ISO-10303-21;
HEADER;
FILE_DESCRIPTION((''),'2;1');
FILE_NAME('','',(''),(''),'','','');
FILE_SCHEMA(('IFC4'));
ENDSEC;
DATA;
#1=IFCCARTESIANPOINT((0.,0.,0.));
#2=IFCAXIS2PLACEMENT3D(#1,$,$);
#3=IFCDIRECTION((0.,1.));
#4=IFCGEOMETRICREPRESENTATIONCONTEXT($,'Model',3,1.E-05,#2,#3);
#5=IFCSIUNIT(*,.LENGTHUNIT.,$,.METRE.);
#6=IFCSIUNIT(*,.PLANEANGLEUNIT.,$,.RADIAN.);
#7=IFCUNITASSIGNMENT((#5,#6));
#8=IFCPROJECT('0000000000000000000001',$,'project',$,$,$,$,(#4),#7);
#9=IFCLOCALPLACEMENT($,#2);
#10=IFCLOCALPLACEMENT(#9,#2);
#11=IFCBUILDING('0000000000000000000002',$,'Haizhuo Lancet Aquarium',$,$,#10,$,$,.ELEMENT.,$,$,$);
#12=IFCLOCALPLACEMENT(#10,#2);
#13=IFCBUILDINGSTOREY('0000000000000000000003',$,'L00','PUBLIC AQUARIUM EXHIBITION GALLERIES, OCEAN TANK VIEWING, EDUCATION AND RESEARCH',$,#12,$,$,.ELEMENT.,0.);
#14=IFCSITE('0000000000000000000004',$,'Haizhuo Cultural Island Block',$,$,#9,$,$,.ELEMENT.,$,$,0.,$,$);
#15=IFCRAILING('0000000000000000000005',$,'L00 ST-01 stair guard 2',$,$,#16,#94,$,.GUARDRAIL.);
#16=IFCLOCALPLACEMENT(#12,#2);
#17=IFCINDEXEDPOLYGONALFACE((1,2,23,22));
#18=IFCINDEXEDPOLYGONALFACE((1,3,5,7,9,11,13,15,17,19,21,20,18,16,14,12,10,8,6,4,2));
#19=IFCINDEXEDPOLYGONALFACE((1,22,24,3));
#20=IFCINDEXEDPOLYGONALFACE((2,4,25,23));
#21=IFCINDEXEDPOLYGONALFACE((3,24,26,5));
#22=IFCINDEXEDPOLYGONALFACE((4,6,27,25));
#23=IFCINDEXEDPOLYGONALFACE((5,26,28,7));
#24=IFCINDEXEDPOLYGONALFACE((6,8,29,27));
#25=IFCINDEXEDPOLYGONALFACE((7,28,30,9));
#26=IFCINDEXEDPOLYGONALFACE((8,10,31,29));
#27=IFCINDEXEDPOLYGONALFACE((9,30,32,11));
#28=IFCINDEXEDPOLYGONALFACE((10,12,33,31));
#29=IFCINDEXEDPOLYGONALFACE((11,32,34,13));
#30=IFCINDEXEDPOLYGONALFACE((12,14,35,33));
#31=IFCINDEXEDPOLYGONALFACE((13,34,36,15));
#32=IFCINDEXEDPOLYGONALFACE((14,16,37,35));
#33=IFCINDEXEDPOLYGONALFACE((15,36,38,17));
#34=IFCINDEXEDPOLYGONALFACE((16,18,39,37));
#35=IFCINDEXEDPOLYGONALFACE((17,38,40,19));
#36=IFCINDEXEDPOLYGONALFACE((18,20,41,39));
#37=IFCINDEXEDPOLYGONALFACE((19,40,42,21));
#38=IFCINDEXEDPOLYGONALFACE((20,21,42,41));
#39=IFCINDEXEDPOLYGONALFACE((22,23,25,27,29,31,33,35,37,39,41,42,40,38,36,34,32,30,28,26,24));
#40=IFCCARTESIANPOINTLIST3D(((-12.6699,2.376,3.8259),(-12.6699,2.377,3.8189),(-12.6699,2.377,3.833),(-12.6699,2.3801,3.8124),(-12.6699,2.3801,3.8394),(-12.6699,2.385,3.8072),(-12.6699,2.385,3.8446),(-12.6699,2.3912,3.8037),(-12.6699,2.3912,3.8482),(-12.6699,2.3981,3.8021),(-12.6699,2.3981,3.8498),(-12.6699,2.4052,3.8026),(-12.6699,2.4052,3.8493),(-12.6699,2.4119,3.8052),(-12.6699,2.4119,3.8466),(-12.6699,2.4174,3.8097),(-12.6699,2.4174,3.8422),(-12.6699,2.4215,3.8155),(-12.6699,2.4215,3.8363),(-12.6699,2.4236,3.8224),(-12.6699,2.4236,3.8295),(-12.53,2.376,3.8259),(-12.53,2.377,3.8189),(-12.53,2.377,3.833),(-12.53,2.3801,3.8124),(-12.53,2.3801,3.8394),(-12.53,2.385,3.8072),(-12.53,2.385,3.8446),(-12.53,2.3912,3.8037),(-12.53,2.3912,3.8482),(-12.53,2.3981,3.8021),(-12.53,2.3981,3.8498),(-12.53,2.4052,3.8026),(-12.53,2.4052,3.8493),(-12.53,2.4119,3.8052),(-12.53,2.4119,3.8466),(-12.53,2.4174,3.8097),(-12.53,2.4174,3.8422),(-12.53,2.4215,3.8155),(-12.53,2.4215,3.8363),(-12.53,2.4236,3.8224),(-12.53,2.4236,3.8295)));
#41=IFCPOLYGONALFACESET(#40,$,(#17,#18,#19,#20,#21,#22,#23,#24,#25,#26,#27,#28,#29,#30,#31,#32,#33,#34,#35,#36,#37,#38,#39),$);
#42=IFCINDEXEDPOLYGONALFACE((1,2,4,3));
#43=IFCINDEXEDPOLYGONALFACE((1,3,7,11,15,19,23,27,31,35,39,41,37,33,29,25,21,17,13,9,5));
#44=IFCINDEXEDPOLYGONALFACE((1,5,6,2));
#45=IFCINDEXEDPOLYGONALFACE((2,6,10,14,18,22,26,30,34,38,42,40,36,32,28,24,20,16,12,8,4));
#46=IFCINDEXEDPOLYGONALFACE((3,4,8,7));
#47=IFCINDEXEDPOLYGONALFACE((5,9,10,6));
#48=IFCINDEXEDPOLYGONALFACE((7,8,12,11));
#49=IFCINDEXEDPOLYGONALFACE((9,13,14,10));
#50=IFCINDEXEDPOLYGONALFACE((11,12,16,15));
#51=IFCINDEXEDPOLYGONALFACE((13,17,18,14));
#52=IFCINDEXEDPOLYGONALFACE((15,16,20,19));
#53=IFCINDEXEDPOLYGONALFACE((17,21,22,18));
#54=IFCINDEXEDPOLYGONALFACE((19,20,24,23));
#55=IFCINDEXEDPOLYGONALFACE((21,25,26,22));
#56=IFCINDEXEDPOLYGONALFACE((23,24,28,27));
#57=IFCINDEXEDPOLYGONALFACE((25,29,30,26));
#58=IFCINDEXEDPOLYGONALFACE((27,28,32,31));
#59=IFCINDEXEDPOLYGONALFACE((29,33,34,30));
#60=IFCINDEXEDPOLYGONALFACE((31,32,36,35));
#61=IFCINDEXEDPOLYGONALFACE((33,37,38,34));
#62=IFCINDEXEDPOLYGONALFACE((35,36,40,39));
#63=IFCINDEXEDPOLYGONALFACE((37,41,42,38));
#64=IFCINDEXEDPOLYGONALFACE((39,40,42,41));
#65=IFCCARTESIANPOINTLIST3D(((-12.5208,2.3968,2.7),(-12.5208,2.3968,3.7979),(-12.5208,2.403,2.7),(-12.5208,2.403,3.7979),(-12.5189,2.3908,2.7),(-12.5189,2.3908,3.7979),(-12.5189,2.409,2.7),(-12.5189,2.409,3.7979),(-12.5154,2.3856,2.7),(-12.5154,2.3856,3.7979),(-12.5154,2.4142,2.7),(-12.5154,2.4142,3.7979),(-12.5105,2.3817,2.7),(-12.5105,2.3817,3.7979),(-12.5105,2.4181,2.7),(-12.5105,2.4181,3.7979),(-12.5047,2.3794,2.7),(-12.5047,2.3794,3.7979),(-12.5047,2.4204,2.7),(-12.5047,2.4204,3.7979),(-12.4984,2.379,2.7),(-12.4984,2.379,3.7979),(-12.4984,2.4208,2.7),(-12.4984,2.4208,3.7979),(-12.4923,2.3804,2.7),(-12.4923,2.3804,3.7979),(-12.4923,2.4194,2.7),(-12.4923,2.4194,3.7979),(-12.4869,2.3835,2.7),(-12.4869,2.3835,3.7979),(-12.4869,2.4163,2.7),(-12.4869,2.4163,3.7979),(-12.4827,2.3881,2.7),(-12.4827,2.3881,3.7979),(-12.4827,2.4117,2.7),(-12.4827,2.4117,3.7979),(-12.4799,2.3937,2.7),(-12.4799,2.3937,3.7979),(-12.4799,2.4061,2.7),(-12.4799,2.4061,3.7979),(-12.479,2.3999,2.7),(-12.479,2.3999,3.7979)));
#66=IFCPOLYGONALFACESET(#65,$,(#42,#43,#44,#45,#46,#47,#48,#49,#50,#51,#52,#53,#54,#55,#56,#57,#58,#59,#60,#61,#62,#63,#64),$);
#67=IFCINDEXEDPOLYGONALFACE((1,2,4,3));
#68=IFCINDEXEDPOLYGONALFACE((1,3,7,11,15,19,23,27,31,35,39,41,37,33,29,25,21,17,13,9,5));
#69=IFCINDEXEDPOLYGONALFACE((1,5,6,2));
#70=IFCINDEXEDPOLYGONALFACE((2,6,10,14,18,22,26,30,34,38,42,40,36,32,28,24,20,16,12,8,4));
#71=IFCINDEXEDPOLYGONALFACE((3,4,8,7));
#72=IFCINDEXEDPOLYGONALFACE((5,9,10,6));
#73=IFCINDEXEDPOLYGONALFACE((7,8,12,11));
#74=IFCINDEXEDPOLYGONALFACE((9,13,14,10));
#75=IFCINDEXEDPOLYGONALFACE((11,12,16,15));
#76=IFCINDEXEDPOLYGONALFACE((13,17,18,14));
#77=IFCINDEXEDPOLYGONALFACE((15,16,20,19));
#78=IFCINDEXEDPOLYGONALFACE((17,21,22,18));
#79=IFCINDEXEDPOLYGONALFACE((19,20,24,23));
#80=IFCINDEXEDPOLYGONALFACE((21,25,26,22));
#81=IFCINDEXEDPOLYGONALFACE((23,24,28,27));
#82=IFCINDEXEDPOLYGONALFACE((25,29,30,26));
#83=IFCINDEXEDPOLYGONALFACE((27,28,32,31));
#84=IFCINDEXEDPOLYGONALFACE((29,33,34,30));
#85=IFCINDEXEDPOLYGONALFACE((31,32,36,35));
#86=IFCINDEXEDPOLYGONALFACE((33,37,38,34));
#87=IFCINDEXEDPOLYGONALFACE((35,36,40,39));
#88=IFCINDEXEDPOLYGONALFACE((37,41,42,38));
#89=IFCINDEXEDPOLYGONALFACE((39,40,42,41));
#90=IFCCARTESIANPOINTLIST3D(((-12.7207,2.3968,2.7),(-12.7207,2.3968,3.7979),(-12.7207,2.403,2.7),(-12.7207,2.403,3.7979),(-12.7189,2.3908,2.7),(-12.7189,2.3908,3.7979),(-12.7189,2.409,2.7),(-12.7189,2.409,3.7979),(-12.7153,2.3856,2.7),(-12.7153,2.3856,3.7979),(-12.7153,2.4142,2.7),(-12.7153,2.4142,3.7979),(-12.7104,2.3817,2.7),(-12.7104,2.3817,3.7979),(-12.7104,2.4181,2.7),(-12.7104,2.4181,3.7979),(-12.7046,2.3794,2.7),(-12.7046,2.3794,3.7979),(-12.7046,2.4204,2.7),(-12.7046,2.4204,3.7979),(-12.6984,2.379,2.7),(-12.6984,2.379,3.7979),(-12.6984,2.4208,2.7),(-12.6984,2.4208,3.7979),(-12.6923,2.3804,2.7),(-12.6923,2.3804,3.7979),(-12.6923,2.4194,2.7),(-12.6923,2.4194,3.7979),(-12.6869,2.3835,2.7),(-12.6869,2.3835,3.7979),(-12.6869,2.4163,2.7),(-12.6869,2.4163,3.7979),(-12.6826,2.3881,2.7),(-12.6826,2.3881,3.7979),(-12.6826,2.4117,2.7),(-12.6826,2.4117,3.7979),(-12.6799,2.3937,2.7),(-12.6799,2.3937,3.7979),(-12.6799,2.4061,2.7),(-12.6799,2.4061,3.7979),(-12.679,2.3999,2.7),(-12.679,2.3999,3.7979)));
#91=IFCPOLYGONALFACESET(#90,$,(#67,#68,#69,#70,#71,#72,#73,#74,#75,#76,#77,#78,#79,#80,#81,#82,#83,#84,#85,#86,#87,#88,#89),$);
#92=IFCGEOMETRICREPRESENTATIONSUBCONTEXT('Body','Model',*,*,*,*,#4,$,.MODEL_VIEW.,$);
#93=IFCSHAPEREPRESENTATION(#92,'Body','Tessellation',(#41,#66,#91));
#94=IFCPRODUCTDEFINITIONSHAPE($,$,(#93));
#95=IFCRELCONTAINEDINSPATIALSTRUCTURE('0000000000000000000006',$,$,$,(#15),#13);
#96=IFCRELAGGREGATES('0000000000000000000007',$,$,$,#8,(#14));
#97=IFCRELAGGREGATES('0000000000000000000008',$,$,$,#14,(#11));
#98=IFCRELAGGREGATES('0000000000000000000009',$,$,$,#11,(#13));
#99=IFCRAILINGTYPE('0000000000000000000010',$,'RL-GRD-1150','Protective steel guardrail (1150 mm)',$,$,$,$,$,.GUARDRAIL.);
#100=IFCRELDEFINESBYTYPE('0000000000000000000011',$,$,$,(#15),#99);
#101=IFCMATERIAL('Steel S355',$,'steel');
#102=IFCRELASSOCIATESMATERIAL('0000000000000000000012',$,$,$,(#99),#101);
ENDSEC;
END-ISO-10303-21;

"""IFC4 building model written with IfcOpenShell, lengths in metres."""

from ifc_helpers import new_model, si_unit, direction, frame, origin, origin_2d, place, context, subcontext, project, spatial, circle, extrude, material, type_object, element, save


model = new_model("IFC4")

# Units and contexts
model_context = context("Model", 3, precision=1e-05, world=origin(), true_north=direction((0.0, 1.0)))
body_context = subcontext(model_context, "Body", "Model", "MODEL_VIEW")
ifc_project = project(units=[si_unit("LENGTHUNIT", "METRE"), si_unit("PLANEANGLEUNIT", "RADIAN")], contexts=[model_context])

# Site, building, storey
site_placement = place(None, origin())
site = spatial("IfcSite", under=ifc_project, at=site_placement, Name="Haizhuo Cultural Island Block", CompositionType="ELEMENT", RefElevation=0.0)
building_placement = place(site_placement, origin())
building = spatial("IfcBuilding", under=site, at=building_placement, Name="Haizhuo Lancet Aquarium", CompositionType="ELEMENT")
storey_placement = place(building_placement, origin())
storey = spatial("IfcBuildingStorey", under=building, at=storey_placement, Name="L00", Description="PUBLIC AQUARIUM EXHIBITION GALLERIES, OCEAN TANK VIEWING, EDUCATION AND RESEARCH", CompositionType="ELEMENT", Elevation=0.0)

# Railing
ifc_material_1 = material(Name="Steel S355", Category="steel")
railing_type_1 = type_object("IfcRailingType", Name="RL-GRD-1150", Description="Protective steel guardrail (1150 mm)", PredefinedType="GUARDRAIL", material=ifc_material_1)
railing_1_placement = place(storey_placement, frame((-12.5, 2.3999, 2.7)))
element("IfcRailing", 1, at=railing_1_placement, inside=storey, type_object=railing_type_1, Name="L00 ST-01 stair guard 2", PredefinedType="GUARDRAIL", context=body_context, shape_type="SweptSolid", body=[
    extrude(circle(Radius=0.0239, at=origin_2d()), frame((-0.03, 0.0, 1.126), z_axis=(-1.0, 0.0, 0.0), x_axis=(0.0, -1.0, 0.0)), (0.0, 0.0, 1.0), 0.1399),
    extrude(circle(Radius=0.021, at=origin_2d()), origin(), (0.0, 0.0, 1.0), 1.0979),
    extrude(circle(Radius=0.021, at=origin_2d()), frame((-0.2, 0.0, 0.0)), (0.0, 0.0, 1.0), 1.0979),
])

save(model, "model.ifc")
